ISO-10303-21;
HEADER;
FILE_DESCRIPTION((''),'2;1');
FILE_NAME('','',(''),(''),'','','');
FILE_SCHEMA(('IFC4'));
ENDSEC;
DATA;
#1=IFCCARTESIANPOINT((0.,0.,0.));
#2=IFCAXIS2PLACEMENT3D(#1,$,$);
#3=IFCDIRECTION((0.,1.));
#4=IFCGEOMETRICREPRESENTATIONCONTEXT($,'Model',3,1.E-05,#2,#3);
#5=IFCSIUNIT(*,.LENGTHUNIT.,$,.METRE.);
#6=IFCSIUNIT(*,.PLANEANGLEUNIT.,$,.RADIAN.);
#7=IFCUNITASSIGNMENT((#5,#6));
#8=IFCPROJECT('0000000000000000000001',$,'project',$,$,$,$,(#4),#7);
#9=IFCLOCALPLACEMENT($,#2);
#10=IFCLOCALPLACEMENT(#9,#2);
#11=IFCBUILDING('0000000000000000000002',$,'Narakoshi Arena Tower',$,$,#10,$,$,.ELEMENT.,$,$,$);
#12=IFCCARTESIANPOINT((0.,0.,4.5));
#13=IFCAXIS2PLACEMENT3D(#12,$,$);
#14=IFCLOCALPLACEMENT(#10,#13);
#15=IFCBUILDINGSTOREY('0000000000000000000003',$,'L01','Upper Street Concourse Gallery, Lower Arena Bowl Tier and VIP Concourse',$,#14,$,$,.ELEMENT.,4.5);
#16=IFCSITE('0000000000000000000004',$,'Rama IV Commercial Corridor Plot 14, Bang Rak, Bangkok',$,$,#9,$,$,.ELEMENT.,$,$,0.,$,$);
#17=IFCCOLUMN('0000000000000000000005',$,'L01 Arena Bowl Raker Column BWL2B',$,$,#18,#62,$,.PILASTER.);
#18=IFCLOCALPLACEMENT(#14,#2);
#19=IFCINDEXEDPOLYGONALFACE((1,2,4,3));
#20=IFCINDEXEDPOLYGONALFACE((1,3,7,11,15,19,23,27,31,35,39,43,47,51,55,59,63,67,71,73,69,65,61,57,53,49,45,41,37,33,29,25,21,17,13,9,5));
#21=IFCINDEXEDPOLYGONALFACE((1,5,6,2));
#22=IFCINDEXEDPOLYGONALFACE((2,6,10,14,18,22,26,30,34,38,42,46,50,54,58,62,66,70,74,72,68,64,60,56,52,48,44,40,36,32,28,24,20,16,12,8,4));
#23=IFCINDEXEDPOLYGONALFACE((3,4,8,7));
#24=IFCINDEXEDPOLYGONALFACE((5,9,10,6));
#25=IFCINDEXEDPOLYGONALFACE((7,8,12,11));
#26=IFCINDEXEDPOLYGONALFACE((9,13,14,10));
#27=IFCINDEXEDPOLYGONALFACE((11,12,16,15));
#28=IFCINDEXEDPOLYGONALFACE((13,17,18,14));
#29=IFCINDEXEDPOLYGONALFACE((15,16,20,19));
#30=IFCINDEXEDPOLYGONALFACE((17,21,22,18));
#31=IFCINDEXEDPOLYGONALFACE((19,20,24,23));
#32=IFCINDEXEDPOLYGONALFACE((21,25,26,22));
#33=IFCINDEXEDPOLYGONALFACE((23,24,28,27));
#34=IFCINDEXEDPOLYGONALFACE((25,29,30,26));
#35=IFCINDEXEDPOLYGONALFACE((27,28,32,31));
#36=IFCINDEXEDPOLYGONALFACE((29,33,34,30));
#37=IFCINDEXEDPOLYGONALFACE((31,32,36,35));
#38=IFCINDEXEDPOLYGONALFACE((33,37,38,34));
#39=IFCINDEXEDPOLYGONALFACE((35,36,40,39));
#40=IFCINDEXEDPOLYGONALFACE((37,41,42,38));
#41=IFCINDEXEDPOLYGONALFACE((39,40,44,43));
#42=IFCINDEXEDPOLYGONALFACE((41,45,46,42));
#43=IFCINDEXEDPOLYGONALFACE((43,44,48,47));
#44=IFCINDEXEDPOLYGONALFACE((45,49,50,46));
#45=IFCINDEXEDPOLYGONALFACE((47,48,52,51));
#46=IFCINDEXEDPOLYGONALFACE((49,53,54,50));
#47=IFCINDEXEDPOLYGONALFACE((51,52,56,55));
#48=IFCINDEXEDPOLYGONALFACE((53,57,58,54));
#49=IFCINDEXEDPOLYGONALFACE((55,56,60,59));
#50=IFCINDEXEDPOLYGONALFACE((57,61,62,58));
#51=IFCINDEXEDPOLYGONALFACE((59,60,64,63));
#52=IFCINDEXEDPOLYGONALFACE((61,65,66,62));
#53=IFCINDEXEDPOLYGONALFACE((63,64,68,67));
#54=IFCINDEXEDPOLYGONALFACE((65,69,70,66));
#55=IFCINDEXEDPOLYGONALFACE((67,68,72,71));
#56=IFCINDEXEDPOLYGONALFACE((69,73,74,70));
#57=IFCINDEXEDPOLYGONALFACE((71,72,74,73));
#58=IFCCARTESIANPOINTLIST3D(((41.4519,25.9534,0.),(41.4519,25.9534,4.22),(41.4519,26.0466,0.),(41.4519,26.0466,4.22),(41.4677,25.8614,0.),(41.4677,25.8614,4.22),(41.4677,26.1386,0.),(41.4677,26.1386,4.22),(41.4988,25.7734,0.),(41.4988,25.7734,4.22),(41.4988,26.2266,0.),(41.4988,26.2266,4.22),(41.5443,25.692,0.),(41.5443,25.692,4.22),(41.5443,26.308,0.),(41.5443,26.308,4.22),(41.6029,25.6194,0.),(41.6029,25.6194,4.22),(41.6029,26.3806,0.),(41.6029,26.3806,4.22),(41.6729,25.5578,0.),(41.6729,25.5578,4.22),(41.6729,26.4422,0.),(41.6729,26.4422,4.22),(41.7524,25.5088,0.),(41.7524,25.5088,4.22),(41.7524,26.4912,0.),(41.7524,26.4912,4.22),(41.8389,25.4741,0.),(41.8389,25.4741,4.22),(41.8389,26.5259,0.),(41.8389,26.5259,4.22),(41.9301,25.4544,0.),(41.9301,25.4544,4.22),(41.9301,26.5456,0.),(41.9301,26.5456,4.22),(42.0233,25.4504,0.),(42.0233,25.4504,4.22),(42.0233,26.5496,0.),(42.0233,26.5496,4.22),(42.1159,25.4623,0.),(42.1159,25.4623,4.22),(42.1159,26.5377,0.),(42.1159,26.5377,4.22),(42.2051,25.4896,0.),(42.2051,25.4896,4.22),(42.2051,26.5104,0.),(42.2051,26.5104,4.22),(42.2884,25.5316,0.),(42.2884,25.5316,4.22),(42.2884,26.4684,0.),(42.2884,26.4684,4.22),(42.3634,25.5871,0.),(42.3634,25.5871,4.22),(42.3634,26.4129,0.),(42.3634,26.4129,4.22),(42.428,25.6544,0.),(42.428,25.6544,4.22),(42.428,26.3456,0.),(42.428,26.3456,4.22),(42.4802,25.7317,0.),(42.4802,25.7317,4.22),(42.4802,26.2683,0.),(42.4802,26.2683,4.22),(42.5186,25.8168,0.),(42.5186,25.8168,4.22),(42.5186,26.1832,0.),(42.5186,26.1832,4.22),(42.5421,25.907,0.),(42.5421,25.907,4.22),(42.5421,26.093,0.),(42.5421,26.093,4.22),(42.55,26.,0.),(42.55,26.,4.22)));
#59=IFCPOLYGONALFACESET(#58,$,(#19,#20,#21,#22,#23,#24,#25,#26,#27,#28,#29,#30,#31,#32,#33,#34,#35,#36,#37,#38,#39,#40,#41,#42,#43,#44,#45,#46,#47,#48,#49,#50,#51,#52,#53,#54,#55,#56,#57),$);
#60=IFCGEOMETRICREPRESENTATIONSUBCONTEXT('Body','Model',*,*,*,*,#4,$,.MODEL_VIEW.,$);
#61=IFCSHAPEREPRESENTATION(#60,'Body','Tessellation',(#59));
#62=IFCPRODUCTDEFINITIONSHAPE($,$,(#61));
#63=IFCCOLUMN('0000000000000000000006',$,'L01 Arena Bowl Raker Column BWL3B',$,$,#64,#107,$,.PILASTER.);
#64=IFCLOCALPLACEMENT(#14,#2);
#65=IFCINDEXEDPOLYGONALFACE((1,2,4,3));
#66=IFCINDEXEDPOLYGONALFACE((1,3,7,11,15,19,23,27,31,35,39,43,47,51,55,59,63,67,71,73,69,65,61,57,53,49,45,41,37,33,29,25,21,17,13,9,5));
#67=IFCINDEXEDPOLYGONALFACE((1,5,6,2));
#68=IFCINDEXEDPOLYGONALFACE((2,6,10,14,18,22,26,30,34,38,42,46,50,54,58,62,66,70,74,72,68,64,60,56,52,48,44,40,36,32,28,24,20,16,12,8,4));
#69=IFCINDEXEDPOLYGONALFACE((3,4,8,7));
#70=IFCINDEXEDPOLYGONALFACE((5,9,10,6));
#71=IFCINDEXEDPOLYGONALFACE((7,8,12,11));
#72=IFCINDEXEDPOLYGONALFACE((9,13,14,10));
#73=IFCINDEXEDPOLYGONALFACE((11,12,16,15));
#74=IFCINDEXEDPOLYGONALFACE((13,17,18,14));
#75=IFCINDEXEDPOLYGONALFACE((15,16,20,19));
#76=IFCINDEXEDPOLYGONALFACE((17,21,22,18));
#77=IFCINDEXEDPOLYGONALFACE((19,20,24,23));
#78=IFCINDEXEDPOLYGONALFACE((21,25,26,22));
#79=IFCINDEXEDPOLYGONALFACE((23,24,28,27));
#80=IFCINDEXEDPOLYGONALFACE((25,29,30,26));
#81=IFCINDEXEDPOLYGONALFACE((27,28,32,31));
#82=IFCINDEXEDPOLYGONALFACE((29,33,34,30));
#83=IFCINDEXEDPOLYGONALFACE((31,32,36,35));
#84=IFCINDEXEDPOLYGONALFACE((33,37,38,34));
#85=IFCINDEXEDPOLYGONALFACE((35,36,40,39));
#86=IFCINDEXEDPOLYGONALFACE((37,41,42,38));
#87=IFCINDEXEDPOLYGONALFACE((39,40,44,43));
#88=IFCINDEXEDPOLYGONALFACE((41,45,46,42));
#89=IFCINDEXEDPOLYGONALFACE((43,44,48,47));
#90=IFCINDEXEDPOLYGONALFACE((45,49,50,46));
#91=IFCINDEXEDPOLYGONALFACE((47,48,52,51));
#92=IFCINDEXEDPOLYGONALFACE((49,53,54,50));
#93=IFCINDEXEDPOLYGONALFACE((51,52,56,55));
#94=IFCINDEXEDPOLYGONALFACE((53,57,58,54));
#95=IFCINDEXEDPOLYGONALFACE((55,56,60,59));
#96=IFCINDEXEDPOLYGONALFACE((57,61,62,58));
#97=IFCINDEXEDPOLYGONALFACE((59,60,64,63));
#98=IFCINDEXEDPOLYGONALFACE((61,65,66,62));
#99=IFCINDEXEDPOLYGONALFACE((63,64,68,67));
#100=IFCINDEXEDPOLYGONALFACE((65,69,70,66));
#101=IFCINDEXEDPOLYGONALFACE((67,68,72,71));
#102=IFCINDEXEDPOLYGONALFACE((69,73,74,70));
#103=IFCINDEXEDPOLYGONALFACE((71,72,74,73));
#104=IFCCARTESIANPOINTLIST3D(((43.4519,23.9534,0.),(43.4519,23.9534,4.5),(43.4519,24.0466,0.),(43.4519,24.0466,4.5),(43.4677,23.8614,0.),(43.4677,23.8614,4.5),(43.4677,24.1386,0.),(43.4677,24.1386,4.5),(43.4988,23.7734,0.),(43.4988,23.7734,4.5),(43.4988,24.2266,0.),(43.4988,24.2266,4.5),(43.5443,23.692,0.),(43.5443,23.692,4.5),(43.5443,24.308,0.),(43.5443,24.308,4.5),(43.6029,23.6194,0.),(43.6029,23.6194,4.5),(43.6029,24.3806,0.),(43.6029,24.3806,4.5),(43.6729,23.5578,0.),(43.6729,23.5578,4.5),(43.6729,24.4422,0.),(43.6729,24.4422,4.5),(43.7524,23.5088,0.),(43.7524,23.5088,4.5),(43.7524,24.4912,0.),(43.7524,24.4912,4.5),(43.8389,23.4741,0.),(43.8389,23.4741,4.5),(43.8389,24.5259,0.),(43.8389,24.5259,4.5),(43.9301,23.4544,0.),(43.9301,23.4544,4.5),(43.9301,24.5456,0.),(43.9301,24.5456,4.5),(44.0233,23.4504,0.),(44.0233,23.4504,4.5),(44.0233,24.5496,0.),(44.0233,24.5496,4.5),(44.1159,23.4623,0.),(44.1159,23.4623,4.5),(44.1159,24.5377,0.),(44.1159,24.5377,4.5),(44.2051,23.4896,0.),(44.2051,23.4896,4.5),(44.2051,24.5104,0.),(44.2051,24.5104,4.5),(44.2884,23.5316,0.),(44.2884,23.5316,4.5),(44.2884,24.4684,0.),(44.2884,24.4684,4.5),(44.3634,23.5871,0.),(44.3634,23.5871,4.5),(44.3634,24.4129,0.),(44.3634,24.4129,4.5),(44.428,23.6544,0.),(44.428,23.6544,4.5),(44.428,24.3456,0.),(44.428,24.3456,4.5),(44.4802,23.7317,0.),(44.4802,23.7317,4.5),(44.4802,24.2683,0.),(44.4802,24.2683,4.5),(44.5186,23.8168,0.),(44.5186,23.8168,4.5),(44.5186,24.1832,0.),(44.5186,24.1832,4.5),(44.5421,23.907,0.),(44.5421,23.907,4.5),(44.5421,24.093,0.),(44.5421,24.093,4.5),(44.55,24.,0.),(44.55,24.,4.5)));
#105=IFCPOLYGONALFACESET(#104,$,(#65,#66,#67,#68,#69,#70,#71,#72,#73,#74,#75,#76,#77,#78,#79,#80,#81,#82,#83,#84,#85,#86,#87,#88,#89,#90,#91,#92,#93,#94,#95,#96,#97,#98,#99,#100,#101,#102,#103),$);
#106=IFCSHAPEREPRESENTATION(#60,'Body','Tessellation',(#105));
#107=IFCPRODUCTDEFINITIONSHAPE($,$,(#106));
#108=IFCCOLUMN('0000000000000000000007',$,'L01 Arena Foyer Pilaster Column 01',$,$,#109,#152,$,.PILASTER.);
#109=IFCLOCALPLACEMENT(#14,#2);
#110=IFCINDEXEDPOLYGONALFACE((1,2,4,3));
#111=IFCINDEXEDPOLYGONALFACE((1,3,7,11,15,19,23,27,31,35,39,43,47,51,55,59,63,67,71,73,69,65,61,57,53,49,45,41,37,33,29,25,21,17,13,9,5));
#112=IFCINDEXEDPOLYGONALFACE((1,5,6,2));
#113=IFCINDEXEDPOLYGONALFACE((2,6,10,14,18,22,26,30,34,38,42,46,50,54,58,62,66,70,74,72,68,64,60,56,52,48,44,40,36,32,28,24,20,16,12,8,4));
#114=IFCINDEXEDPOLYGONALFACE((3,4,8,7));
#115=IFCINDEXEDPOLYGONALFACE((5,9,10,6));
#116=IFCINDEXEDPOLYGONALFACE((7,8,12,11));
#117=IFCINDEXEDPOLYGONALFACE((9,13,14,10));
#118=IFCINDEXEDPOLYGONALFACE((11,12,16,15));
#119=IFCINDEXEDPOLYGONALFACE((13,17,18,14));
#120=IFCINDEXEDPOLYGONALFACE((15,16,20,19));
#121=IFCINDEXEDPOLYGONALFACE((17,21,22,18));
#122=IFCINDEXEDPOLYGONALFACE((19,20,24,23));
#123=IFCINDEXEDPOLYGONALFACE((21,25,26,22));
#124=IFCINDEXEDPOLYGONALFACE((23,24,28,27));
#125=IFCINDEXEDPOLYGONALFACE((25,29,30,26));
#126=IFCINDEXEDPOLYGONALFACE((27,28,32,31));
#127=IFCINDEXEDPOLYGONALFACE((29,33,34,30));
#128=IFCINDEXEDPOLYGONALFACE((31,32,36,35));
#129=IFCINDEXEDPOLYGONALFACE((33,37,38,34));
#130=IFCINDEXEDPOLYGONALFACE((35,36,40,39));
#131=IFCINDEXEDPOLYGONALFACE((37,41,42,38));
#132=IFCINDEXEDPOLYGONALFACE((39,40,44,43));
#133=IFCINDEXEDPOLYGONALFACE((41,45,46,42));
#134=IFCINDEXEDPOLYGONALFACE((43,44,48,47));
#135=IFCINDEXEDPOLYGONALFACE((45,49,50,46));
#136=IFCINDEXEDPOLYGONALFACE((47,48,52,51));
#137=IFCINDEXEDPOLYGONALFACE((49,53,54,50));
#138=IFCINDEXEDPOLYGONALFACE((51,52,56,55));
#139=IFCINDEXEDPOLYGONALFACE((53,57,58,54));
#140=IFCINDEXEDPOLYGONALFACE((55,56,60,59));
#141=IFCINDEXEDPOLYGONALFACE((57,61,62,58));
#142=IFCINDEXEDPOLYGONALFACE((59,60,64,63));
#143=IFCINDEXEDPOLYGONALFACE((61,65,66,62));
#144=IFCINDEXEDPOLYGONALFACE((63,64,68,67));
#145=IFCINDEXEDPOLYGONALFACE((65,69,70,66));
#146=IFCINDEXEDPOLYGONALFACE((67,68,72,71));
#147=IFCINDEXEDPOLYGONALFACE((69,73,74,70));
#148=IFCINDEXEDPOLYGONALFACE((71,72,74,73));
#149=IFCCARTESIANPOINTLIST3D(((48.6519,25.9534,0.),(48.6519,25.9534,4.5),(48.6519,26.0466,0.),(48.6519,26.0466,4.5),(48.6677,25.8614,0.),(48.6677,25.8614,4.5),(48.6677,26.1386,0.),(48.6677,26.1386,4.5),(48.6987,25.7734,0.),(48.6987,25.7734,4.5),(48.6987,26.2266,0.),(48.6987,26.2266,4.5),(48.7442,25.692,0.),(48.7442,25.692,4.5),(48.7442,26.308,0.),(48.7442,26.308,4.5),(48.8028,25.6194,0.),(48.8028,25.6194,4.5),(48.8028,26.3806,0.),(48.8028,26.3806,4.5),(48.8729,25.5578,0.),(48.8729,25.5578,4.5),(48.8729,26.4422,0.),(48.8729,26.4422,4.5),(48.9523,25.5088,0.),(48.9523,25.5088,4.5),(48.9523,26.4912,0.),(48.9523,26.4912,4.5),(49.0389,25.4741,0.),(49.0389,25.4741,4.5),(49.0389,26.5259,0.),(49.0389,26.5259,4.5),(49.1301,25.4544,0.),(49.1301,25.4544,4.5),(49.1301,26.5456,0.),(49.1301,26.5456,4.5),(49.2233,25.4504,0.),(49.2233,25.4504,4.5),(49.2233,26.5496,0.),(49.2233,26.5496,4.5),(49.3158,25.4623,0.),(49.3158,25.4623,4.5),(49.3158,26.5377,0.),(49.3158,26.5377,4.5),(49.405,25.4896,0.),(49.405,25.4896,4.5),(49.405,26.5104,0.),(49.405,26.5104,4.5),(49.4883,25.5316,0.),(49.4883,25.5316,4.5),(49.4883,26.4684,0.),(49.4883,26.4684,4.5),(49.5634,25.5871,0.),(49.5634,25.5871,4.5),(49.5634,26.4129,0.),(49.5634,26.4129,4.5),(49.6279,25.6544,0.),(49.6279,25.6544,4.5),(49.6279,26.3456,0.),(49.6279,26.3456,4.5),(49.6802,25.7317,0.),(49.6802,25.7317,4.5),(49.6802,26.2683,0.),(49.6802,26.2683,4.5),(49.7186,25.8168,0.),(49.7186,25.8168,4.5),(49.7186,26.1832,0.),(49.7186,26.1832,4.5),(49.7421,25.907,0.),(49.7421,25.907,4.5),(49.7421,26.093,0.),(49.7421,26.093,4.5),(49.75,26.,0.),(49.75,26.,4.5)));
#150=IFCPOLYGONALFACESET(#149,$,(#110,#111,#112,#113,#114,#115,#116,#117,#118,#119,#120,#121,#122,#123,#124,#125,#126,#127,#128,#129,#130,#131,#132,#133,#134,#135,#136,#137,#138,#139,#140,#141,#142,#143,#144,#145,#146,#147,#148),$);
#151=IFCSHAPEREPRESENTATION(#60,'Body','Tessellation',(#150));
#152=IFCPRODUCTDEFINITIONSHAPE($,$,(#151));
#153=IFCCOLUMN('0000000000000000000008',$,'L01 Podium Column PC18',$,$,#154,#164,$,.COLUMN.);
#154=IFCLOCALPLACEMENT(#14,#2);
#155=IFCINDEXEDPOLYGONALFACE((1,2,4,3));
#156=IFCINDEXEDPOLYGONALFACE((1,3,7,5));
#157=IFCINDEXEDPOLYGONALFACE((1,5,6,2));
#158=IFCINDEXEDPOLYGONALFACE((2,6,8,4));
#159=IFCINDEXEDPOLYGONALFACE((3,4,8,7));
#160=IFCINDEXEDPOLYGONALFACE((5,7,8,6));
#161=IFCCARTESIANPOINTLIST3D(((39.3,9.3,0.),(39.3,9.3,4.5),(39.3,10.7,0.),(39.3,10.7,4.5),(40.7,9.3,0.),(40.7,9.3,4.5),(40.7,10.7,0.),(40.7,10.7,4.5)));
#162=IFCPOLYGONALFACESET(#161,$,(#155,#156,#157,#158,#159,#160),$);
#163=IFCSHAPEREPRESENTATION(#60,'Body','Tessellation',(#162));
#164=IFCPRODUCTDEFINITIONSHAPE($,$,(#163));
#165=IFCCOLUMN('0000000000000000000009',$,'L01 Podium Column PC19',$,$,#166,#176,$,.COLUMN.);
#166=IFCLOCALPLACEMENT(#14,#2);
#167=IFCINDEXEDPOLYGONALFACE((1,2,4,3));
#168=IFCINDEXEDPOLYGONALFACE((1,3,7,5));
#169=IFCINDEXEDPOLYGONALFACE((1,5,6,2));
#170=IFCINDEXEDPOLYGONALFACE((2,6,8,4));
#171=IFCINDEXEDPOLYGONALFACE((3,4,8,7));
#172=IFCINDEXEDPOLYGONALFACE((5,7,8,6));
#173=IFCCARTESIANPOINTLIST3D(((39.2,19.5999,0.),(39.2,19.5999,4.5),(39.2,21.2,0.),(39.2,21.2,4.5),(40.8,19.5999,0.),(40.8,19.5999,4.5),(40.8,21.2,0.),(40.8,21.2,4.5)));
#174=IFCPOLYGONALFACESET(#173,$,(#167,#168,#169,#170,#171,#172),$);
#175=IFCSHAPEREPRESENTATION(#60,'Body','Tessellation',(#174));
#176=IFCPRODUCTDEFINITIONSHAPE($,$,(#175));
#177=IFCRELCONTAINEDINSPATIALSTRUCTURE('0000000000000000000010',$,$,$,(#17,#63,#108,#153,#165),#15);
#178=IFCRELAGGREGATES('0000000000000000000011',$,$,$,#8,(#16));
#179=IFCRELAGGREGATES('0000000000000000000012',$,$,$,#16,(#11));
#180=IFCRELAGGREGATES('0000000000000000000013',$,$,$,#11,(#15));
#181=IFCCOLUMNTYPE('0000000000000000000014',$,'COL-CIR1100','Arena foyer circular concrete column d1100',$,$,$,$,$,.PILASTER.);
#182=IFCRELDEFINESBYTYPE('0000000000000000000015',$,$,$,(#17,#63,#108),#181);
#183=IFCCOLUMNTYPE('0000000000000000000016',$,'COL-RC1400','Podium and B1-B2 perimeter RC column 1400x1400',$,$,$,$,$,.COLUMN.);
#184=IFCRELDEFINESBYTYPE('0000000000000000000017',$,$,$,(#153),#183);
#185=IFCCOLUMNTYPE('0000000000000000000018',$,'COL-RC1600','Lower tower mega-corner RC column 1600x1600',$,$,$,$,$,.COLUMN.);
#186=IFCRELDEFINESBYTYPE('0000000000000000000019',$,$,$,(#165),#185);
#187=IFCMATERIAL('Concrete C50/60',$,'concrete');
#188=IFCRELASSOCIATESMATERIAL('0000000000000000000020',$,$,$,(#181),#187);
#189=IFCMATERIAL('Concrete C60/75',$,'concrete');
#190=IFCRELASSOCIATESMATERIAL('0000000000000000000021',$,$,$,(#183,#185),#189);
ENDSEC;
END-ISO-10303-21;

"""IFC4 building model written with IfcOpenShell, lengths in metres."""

from ifc_helpers import new_model, si_unit, direction, frame, origin, origin_2d, place, context, subcontext, project, spatial, rectangle, circle, extrude, material, material_profile, profile_set, type_object, element, save


model = new_model("IFC4")

# Units and contexts
model_context = context("Model", 3, precision=1e-05, world=origin(), true_north=direction((0.0, 1.0)))
body_context = subcontext(model_context, "Body", "Model", "MODEL_VIEW")
ifc_project = project(units=[si_unit("LENGTHUNIT", "METRE"), si_unit("PLANEANGLEUNIT", "RADIAN")], contexts=[model_context])

# Site, building, storey
site_placement = place(None, origin())
site = spatial("IfcSite", under=ifc_project, at=site_placement, Name="Rama IV Commercial Corridor Plot 14, Bang Rak, Bangkok", CompositionType="ELEMENT", RefElevation=0.0)
building_placement = place(site_placement, origin())
building = spatial("IfcBuilding", under=site, at=building_placement, Name="Narakoshi Arena Tower", CompositionType="ELEMENT")
storey_placement = place(building_placement, frame((0.0, 0.0, 4.5)))
storey = spatial("IfcBuildingStorey", under=building, at=storey_placement, Name="L01", Description="Upper Street Concourse Gallery, Lower Arena Bowl Tier and VIP Concourse", CompositionType="ELEMENT", Elevation=4.5)

# Columns
ifc_material_1 = material(Name="Concrete C50/60", Category="concrete")
ifc_material_profile_1 = material_profile(ifc_material_1, circle(Radius=0.55, at=origin_2d()), Name="RCC1100")
ifc_profile_set_1 = profile_set([ifc_material_profile_1], Name="Concrete C50/60")
column_type_1 = type_object("IfcColumnType", Name="COL-CIR1100", Description="Arena foyer circular concrete column d1100", PredefinedType="PILASTER", material=ifc_profile_set_1)
column_1_placement = place(storey_placement, frame((42.0, 26.0, 0.0), z_axis=(0.0, 0.0, 1.0), x_axis=(1.0, 0.0, 0.0)))
element("IfcColumn", 1, at=column_1_placement, inside=storey, type_object=column_type_1, Name="L01 Arena Bowl Raker Column BWL2B", PredefinedType="PILASTER", context=body_context, shape_type="SweptSolid", body=[
    extrude(circle(Radius=0.55, at=origin_2d()), origin(), (0.0, 0.0, 1.0), 4.22),
])
for number, where, z_axis, x_axis, name in (
    (2, (44.0, 24.0, 0.0), (0.0, 0.0, 1.0), (1.0, 0.0, 0.0), "L01 Arena Bowl Raker Column BWL3B"),
    (3, (49.2, 26.0, 0.0), (0.0, 0.0, 1.0), (1.0, 0.0, 0.0), "L01 Arena Foyer Pilaster Column 01"),
):
    element("IfcColumn", number, at=place(storey_placement, frame(where, z_axis=z_axis, x_axis=x_axis)), inside=storey, type_object=column_type_1, Name=name, PredefinedType="PILASTER", context=body_context, shape_type="SweptSolid", body=[
        extrude(circle(Radius=0.55, at=origin_2d()), origin(), (0.0, 0.0, 1.0), 4.5),
    ])
ifc_material_2 = material(Name="Concrete C60/75", Category="concrete")
ifc_material_profile_2 = material_profile(ifc_material_2, rectangle(XDim=1.3999, YDim=1.3999, at=origin_2d()), Name="RC1400x1400")
ifc_profile_set_2 = profile_set([ifc_material_profile_2], Name="Concrete C60/75")
column_type_2 = type_object("IfcColumnType", Name="COL-RC1400", Description="Podium and B1-B2 perimeter RC column 1400x1400", PredefinedType="COLUMN", material=ifc_profile_set_2)
column_2_placement = place(storey_placement, frame((40.0, 10.0, 0.0), z_axis=(0.0, 0.0, 1.0), x_axis=(1.0, 0.0, 0.0)))
element("IfcColumn", 4, at=column_2_placement, inside=storey, type_object=column_type_2, Name="L01 Podium Column PC18", PredefinedType="COLUMN", context=body_context, shape_type="SweptSolid", body=[
    extrude(rectangle(XDim=1.3999, YDim=1.3999, at=origin_2d()), origin(), (0.0, 0.0, 1.0), 4.5),
])
ifc_material_profile_3 = material_profile(ifc_material_2, rectangle(XDim=1.6001, YDim=1.6001, at=origin_2d()), Name="RC1600x1600")
ifc_profile_set_3 = profile_set([ifc_material_profile_3], Name="Concrete C60/75")
column_type_3 = type_object("IfcColumnType", Name="COL-RC1600", Description="Lower tower mega-corner RC column 1600x1600", PredefinedType="COLUMN", material=ifc_profile_set_3)
column_3_placement = place(storey_placement, frame((40.0, 20.3999, 0.0), z_axis=(0.0, 0.0, 1.0), x_axis=(1.0, 0.0, 0.0)))
element("IfcColumn", 5, at=column_3_placement, inside=storey, type_object=column_type_3, Name="L01 Podium Column PC19", PredefinedType="COLUMN", context=body_context, shape_type="SweptSolid", body=[
    extrude(rectangle(XDim=1.6001, YDim=1.6001, at=origin_2d()), origin(), (0.0, 0.0, 1.0), 4.5),
])

save(model, "model.ifc")
